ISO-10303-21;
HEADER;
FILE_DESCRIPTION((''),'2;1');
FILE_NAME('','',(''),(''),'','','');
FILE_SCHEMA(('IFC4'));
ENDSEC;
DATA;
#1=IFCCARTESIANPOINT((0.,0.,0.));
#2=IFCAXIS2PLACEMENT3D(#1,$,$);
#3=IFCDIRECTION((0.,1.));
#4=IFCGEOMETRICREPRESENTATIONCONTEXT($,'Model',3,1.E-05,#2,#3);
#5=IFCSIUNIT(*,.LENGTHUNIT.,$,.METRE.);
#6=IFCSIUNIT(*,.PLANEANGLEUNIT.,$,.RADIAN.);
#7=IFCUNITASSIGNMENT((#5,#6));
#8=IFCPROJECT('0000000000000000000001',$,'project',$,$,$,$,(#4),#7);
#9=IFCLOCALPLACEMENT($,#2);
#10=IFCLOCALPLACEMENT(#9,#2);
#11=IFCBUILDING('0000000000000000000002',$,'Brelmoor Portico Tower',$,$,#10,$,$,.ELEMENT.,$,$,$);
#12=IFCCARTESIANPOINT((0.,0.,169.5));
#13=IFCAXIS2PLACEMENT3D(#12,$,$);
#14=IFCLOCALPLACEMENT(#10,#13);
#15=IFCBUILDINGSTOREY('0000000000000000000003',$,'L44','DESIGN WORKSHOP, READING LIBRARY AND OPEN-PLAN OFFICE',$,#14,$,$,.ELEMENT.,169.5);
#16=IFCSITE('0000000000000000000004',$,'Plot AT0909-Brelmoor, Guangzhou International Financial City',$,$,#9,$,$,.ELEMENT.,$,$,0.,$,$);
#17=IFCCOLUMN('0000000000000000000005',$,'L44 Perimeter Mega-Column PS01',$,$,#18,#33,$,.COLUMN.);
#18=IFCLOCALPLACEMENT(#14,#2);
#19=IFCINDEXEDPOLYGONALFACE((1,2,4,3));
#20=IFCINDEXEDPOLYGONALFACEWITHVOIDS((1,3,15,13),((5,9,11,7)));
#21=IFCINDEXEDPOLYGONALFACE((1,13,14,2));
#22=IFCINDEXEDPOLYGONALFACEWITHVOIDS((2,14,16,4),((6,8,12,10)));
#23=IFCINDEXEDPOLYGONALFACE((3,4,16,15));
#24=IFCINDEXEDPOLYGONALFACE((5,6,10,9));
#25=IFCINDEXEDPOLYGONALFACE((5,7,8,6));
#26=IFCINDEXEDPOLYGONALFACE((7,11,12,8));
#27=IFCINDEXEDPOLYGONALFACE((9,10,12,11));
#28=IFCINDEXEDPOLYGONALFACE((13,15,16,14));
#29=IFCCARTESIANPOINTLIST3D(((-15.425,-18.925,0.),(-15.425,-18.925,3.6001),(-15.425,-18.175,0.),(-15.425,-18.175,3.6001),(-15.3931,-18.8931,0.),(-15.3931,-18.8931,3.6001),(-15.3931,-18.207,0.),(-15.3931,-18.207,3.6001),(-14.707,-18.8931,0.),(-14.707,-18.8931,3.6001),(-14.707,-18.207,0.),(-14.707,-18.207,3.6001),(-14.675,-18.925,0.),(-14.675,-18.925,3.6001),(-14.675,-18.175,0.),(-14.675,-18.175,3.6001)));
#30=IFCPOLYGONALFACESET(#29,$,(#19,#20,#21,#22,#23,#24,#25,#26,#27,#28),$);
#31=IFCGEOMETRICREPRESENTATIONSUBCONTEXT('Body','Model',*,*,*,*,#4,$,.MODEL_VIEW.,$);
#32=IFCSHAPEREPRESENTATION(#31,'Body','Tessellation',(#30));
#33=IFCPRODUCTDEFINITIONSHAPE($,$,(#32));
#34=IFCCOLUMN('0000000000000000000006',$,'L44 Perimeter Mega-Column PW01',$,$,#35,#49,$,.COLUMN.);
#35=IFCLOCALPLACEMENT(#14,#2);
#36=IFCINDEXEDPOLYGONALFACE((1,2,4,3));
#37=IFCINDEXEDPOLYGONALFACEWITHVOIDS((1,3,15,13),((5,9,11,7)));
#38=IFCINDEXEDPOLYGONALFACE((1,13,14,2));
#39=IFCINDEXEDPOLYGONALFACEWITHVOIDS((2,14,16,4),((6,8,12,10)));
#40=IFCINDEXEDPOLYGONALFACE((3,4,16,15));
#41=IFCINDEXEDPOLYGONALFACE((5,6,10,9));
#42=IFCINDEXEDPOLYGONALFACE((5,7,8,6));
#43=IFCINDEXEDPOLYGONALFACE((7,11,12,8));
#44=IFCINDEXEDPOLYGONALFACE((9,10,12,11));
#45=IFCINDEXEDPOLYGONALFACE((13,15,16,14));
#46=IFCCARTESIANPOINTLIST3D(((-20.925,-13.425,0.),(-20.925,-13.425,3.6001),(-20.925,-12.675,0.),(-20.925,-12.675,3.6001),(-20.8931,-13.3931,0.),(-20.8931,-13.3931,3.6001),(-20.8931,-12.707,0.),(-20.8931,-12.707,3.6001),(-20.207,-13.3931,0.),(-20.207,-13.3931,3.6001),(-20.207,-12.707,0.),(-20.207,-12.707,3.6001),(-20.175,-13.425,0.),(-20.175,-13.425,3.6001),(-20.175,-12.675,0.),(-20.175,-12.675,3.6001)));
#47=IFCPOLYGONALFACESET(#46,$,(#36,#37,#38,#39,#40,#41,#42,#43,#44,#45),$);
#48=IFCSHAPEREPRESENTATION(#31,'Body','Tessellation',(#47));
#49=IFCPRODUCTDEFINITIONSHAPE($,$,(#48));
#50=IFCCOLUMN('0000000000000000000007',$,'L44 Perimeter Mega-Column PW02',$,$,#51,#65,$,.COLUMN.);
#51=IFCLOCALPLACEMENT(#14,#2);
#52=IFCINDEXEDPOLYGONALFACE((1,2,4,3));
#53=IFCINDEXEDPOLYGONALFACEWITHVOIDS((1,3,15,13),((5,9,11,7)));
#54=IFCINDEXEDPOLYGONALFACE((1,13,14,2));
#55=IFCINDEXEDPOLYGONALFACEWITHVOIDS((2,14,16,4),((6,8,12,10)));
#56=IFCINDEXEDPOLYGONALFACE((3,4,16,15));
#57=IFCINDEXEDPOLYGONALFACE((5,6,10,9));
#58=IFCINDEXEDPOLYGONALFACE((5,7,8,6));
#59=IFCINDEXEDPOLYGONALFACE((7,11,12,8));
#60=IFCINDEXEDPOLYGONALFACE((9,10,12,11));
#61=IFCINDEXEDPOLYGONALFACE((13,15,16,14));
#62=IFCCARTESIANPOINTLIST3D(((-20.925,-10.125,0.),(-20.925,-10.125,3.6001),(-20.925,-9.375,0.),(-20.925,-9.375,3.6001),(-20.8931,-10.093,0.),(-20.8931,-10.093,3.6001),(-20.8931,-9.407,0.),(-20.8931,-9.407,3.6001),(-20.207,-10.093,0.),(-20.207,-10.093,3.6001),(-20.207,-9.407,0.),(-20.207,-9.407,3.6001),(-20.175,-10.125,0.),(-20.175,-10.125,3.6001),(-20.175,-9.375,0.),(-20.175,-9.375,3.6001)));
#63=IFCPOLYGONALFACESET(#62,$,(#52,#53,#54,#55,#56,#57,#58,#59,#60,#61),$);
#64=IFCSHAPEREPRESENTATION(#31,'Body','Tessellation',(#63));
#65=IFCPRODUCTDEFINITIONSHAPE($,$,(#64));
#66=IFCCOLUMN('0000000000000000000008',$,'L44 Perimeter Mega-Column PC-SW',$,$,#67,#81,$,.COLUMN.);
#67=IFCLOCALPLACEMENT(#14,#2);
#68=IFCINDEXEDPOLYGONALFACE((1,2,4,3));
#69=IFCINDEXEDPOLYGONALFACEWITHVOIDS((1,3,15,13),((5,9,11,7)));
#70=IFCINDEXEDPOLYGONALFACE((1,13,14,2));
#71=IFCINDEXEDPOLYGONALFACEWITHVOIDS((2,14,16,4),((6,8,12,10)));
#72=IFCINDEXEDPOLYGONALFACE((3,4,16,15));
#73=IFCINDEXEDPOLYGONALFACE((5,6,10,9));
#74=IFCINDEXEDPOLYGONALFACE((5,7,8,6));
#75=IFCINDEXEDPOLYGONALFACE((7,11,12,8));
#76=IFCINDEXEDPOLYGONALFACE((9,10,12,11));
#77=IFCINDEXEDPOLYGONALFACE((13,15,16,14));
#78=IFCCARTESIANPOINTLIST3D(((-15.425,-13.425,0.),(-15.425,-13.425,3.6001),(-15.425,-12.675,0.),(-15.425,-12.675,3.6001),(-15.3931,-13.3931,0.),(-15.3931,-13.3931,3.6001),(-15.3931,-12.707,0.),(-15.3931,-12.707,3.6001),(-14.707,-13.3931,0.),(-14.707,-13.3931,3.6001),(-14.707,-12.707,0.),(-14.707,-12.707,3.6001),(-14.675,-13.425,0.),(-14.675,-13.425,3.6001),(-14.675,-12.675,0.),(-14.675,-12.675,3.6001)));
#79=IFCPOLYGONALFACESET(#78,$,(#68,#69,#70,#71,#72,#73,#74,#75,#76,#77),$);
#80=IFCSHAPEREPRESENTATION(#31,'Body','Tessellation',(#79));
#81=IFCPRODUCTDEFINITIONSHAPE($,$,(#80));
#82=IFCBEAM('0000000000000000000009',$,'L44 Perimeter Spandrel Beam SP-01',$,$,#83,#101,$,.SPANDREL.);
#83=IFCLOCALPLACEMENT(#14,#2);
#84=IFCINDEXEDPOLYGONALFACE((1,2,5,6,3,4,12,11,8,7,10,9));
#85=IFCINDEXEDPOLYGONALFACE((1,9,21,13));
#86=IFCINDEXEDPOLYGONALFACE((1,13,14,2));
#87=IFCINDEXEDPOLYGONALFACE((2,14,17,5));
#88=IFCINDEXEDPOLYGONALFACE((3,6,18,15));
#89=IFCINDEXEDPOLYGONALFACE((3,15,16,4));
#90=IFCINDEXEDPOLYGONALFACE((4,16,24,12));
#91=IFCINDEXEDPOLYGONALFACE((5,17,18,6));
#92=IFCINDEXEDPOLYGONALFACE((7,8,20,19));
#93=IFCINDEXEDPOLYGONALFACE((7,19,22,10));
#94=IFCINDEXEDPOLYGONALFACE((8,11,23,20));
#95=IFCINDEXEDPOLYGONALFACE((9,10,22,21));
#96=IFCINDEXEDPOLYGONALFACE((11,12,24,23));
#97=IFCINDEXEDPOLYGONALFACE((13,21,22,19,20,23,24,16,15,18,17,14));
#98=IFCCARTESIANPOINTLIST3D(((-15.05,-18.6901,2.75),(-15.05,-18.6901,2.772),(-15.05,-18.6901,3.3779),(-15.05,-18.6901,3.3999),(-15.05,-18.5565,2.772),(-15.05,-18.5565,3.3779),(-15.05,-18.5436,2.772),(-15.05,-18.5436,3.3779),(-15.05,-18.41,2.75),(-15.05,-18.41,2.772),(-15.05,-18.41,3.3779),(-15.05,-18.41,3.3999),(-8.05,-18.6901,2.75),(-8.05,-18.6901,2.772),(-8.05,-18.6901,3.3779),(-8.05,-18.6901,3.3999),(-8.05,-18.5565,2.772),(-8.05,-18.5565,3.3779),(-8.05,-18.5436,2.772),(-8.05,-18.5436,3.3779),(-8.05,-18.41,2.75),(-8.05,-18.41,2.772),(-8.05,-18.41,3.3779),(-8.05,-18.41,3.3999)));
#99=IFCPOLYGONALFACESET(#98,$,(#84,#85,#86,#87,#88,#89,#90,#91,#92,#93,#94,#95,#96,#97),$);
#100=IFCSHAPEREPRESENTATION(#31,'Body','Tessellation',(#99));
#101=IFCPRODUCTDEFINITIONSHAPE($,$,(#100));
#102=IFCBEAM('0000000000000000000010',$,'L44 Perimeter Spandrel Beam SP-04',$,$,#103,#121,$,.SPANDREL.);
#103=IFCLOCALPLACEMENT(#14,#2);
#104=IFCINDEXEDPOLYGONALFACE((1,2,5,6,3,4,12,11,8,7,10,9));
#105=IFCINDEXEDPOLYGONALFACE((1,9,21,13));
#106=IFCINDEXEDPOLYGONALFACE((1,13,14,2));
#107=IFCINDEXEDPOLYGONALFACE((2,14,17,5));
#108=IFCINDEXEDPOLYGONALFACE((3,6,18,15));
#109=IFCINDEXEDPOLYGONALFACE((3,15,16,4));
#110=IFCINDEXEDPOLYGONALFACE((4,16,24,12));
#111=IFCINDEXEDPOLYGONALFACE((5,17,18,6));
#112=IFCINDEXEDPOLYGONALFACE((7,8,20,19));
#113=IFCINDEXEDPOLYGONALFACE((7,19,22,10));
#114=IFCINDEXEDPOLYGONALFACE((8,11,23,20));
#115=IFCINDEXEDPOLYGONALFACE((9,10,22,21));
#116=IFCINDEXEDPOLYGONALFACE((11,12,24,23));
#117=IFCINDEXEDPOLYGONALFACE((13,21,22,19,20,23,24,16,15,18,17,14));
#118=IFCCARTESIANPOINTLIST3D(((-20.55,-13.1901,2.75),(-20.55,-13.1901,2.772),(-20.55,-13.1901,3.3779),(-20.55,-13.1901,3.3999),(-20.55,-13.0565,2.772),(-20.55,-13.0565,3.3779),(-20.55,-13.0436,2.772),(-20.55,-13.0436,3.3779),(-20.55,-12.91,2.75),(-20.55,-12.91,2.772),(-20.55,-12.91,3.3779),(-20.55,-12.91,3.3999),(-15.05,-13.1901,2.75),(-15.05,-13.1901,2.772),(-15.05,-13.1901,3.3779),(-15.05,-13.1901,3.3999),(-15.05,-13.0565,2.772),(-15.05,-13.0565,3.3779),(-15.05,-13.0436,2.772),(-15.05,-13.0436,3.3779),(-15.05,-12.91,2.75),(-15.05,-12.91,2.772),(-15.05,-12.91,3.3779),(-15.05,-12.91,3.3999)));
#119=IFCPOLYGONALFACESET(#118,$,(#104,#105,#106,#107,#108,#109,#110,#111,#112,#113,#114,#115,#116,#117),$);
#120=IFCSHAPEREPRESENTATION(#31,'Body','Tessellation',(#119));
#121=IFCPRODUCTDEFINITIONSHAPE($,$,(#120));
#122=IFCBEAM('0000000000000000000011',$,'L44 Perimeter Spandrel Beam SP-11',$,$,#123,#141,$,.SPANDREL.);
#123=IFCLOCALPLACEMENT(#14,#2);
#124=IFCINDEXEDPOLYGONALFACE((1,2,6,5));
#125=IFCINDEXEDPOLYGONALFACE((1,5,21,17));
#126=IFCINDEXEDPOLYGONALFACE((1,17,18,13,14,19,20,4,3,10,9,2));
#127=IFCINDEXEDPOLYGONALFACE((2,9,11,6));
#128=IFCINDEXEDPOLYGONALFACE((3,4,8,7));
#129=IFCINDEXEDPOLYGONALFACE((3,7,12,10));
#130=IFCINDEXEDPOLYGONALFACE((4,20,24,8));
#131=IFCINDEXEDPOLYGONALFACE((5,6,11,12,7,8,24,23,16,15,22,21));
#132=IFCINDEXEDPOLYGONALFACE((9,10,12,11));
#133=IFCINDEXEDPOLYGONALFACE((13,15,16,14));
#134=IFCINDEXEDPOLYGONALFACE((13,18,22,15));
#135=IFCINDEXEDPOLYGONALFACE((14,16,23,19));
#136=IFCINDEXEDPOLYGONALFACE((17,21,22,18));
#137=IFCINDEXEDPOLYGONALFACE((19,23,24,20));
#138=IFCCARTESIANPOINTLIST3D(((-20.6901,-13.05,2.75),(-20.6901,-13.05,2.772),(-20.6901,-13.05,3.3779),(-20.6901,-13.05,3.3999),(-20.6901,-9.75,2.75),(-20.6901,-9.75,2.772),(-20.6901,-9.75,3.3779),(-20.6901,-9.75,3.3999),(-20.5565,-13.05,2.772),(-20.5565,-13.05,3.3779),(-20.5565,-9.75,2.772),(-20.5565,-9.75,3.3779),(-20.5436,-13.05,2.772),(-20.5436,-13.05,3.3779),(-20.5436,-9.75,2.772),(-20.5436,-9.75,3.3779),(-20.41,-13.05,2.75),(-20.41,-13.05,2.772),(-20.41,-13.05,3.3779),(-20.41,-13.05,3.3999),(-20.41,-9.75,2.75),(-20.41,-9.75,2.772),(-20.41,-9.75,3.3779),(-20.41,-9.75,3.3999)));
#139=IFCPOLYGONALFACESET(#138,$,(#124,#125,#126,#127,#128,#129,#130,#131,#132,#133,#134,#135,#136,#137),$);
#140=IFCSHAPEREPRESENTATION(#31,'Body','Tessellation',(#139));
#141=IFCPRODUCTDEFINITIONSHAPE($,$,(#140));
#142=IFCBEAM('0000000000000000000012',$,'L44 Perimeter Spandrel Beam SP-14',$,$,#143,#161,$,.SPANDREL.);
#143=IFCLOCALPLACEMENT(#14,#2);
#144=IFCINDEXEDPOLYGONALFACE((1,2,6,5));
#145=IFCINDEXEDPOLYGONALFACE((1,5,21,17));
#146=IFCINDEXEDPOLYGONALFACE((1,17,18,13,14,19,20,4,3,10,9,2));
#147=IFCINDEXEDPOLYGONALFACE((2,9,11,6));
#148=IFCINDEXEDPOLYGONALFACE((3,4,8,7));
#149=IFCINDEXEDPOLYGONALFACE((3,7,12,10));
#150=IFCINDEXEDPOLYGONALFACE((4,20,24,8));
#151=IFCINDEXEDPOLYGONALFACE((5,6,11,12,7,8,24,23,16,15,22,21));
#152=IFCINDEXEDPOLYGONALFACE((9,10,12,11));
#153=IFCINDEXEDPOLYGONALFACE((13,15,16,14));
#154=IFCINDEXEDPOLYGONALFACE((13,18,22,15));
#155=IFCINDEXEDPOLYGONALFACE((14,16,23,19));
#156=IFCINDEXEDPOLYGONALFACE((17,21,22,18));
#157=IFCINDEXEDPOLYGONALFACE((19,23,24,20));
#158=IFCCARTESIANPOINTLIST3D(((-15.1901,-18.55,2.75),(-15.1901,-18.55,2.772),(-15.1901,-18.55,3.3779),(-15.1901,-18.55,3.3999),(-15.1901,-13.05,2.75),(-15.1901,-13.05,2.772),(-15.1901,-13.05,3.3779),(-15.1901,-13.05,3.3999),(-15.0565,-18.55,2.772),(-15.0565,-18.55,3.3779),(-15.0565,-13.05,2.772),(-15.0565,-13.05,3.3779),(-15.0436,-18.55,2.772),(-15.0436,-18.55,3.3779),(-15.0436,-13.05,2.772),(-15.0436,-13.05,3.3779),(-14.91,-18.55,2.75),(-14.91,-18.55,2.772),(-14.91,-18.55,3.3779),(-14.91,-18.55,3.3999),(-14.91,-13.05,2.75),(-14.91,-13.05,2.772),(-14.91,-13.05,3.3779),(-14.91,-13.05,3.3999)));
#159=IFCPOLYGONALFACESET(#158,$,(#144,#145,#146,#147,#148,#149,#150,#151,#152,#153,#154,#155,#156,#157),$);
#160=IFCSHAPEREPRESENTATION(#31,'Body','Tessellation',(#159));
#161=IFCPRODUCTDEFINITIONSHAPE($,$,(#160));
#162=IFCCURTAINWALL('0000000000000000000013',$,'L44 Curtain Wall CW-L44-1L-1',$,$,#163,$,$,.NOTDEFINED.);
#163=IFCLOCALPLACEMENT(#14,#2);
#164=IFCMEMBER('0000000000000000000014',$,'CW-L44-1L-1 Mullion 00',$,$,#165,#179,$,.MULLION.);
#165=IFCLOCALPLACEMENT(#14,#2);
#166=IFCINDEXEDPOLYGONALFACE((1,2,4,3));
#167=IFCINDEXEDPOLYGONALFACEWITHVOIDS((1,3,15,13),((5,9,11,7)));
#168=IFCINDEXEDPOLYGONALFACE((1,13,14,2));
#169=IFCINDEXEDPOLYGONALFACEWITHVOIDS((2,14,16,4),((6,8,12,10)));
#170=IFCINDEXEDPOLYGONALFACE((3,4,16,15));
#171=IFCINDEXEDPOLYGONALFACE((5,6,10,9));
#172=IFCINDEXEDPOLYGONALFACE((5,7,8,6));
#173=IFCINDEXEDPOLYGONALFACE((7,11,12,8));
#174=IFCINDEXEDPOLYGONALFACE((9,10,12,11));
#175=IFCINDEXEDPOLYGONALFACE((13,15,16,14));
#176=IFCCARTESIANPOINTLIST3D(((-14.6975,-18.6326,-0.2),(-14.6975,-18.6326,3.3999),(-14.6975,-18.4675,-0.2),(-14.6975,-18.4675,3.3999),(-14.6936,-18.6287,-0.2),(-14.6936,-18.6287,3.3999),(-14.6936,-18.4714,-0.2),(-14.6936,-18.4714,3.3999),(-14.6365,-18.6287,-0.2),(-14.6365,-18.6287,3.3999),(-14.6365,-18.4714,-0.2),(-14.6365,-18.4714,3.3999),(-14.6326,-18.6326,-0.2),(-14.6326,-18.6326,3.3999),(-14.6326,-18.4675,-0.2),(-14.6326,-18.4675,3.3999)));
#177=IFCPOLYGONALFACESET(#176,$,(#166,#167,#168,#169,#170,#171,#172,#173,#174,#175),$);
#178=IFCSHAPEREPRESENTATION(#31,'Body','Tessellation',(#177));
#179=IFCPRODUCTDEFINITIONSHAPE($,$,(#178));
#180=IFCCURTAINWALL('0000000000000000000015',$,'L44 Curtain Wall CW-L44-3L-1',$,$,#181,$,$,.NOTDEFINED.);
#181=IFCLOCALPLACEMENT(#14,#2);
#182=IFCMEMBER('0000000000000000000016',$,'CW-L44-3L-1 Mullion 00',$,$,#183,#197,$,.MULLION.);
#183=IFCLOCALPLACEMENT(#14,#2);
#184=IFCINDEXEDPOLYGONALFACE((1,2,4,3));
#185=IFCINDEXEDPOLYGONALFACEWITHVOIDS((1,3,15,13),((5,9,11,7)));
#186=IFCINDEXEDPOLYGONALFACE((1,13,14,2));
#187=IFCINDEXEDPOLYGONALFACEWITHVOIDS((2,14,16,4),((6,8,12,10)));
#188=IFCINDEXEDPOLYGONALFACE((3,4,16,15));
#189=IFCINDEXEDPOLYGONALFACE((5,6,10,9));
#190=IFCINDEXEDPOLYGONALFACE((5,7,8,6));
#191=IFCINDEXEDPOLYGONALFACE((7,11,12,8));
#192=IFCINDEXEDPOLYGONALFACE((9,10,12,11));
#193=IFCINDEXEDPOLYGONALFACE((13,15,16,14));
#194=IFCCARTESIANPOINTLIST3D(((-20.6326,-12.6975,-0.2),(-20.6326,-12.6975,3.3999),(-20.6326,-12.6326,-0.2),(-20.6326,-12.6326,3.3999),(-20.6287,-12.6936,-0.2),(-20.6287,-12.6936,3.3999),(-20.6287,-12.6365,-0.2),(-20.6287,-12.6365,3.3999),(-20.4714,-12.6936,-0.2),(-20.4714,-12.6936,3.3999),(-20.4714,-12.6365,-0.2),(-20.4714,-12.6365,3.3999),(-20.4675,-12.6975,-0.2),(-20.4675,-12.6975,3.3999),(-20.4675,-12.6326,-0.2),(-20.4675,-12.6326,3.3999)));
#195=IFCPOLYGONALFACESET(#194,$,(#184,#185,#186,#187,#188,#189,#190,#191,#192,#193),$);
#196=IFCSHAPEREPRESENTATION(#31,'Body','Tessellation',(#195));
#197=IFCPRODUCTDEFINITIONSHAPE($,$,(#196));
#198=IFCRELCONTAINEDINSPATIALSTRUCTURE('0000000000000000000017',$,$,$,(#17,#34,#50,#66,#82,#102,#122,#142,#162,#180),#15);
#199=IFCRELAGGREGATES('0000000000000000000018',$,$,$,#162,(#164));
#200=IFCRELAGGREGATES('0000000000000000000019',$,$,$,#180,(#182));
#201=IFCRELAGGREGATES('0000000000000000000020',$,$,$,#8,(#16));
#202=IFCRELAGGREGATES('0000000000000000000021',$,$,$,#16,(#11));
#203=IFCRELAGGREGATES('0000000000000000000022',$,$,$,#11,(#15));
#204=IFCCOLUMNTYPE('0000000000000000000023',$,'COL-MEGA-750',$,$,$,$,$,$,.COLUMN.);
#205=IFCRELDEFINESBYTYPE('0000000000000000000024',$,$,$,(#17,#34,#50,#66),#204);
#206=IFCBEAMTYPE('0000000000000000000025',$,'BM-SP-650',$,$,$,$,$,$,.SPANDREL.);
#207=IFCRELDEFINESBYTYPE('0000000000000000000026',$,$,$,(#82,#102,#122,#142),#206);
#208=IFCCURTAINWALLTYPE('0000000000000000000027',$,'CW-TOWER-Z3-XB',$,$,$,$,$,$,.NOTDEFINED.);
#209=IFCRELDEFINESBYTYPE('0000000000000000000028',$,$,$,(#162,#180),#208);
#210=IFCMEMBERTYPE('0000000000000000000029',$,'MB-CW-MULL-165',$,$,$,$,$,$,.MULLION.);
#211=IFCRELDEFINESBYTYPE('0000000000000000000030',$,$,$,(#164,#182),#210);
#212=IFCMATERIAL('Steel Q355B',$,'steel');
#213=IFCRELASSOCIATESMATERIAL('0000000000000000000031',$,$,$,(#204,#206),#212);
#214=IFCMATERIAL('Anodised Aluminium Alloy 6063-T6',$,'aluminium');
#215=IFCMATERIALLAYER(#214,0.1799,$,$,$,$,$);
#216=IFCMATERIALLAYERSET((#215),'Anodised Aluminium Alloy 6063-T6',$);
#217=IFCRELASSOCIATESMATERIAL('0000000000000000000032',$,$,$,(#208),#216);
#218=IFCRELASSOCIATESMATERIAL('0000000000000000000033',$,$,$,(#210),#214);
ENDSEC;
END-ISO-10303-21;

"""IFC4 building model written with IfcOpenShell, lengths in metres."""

from ifc_helpers import new_model, si_unit, direction, frame, origin, origin_2d, place, context, subcontext, project, spatial, hollow_rectangle, i_section, extrude, material, layer, layer_set, material_profile, profile_set, type_object, element, aggregate, save


model = new_model("IFC4")

# Units and contexts
model_context = context("Model", 3, precision=1e-05, world=origin(), true_north=direction((0.0, 1.0)))
body_context = subcontext(model_context, "Body", "Model", "MODEL_VIEW")
ifc_project = project(units=[si_unit("LENGTHUNIT", "METRE"), si_unit("PLANEANGLEUNIT", "RADIAN")], contexts=[model_context])

# Site, building, storey
site_placement = place(None, origin())
site = spatial("IfcSite", under=ifc_project, at=site_placement, Name="Plot AT0909-Brelmoor, Guangzhou International Financial City", CompositionType="ELEMENT", RefElevation=0.0)
building_placement = place(site_placement, origin())
building = spatial("IfcBuilding", under=site, at=building_placement, Name="Brelmoor Portico Tower", CompositionType="ELEMENT")
storey_placement = place(building_placement, frame((0.0, 0.0, 169.5)))
storey = spatial("IfcBuildingStorey", under=building, at=storey_placement, Name="L44", Description="DESIGN WORKSHOP, READING LIBRARY AND OPEN-PLAN OFFICE", CompositionType="ELEMENT", Elevation=169.5)

# Columns
ifc_material_1 = material(Name="Steel Q355B", Category="steel")
ifc_material_profile_1 = material_profile(ifc_material_1, hollow_rectangle(XDim=0.75, YDim=0.75, WallThickness=0.032, at=origin_2d()), Name="BOX 750x750x32")
ifc_profile_set_1 = profile_set([ifc_material_profile_1], Name="Steel Q355B")
column_type = type_object("IfcColumnType", Name="COL-MEGA-750", PredefinedType="COLUMN", material=ifc_profile_set_1)
for number, where, z_axis, x_axis, name in (
    (1, (-15.05, -18.55, 0.0), (0.0, 0.0, 1.0), (1.0, 0.0, 0.0), "L44 Perimeter Mega-Column PS01"),
    (2, (-20.55, -13.05, 0.0), (0.0, 0.0, 1.0), (0.0, 1.0, 0.0), "L44 Perimeter Mega-Column PW01"),
    (3, (-20.55, -9.75, 0.0), (0.0, 0.0, 1.0), (0.0, 1.0, 0.0), "L44 Perimeter Mega-Column PW02"),
    (4, (-15.05, -13.05, 0.0), (0.0, 0.0, 1.0), (1.0, 0.0, 0.0), "L44 Perimeter Mega-Column PC-SW"),
):
    element("IfcColumn", number, at=place(storey_placement, frame(where, z_axis=z_axis, x_axis=x_axis)), inside=storey, type_object=column_type, Name=name, PredefinedType="COLUMN", context=body_context, shape_type="SweptSolid", body=[
        extrude(hollow_rectangle(XDim=0.75, YDim=0.75, WallThickness=0.032, at=origin_2d()), origin(), (0.0, 0.0, 1.0), 3.6001),
    ])

# Beams
ifc_material_profile_2 = material_profile(ifc_material_1, i_section(OverallWidth=0.28, OverallDepth=0.6499, WebThickness=0.0129, FlangeThickness=0.022, at=origin_2d()), Name="HN 650x280x13x22")
ifc_profile_set_2 = profile_set([ifc_material_profile_2], Name="Steel Q355B")
beam_type = type_object("IfcBeamType", Name="BM-SP-650", PredefinedType="SPANDREL", material=ifc_profile_set_2)
beam_1_placement = place(storey_placement, frame((-15.05, -18.55, 3.075), z_axis=(1.0, 0.0, 0.0), x_axis=(0.0, 1.0, 0.0)))
element("IfcBeam", 5, at=beam_1_placement, inside=storey, type_object=beam_type, Name="L44 Perimeter Spandrel Beam SP-01", PredefinedType="SPANDREL", context=body_context, shape_type="SweptSolid", body=[
    extrude(i_section(OverallWidth=0.28, OverallDepth=0.6499, WebThickness=0.0129, FlangeThickness=0.022, at=origin_2d()), origin(), (0.0, 0.0, 1.0), 7.0),
])
beam_2_placement = place(storey_placement, frame((-20.55, -13.05, 3.075), z_axis=(1.0, 0.0, 0.0), x_axis=(0.0, 1.0, 0.0)))
element("IfcBeam", 6, at=beam_2_placement, inside=storey, type_object=beam_type, Name="L44 Perimeter Spandrel Beam SP-04", PredefinedType="SPANDREL", context=body_context, shape_type="SweptSolid", body=[
    extrude(i_section(OverallWidth=0.28, OverallDepth=0.6499, WebThickness=0.0129, FlangeThickness=0.022, at=origin_2d()), origin(), (0.0, 0.0, 1.0), 5.5),
])
beam_3_placement = place(storey_placement, frame((-20.55, -13.05, 3.075), z_axis=(0.0, 1.0, 0.0), x_axis=(-1.0, 0.0, 0.0)))
element("IfcBeam", 7, at=beam_3_placement, inside=storey, type_object=beam_type, Name="L44 Perimeter Spandrel Beam SP-11", PredefinedType="SPANDREL", context=body_context, shape_type="SweptSolid", body=[
    extrude(i_section(OverallWidth=0.28, OverallDepth=0.6499, WebThickness=0.0129, FlangeThickness=0.022, at=origin_2d()), origin(), (0.0, 0.0, 1.0), 3.3),
])
beam_4_placement = place(storey_placement, frame((-15.05, -18.55, 3.075), z_axis=(0.0, 1.0, 0.0), x_axis=(-1.0, 0.0, 0.0)))
element("IfcBeam", 8, at=beam_4_placement, inside=storey, type_object=beam_type, Name="L44 Perimeter Spandrel Beam SP-14", PredefinedType="SPANDREL", context=body_context, shape_type="SweptSolid", body=[
    extrude(i_section(OverallWidth=0.28, OverallDepth=0.6499, WebThickness=0.0129, FlangeThickness=0.022, at=origin_2d()), origin(), (0.0, 0.0, 1.0), 5.5),
])

# Curtain wall, member
ifc_material_2 = material(Name="Anodised Aluminium Alloy 6063-T6", Category="aluminium")
ifc_layer_1 = layer(ifc_material_2, 0.1799)
ifc_layer_set_1 = layer_set([ifc_layer_1], Name="Anodised Aluminium Alloy 6063-T6")
curtain_wall_type = type_object("IfcCurtainWallType", Name="CW-TOWER-Z3-XB", PredefinedType="NOTDEFINED", material=ifc_layer_set_1)
curtain_wall_1_placement = place(storey_placement, origin())
curtain_wall_1 = element("IfcCurtainWall", 9, at=curtain_wall_1_placement, inside=storey, type_object=curtain_wall_type, Name="L44 Curtain Wall CW-L44-1L-1", PredefinedType="NOTDEFINED")
ifc_material_profile_3 = material_profile(ifc_material_2, hollow_rectangle(XDim=0.0649, YDim=0.165, WallThickness=0.0039, at=origin_2d()), Name="ALU MULLION 65x165")
ifc_profile_set_3 = profile_set([ifc_material_profile_3], Name="Anodised Aluminium Alloy 6063-T6")
member_type_1 = type_object("IfcMemberType", Name="MB-CW-MULL-165", PredefinedType="MULLION", material=ifc_profile_set_3)
member_1_placement = place(storey_placement, frame((-14.665, -18.55, -0.2), z_axis=(0.0, 0.0, 1.0), x_axis=(1.0, 0.0, 0.0)))
member_1 = element("IfcMember", 10, at=member_1_placement, type_object=member_type_1, Name="CW-L44-1L-1 Mullion 00", PredefinedType="MULLION", context=body_context, shape_type="SweptSolid", body=[
    extrude(hollow_rectangle(XDim=0.0649, YDim=0.165, WallThickness=0.0039, at=origin_2d()), origin(), (0.0, 0.0, 1.0), 3.5999),
])
aggregate(curtain_wall_1, [member_1])

# Curtain wall, member
curtain_wall_2_placement = place(storey_placement, origin())
curtain_wall_2 = element("IfcCurtainWall", 11, at=curtain_wall_2_placement, inside=storey, type_object=curtain_wall_type, Name="L44 Curtain Wall CW-L44-3L-1", PredefinedType="NOTDEFINED")
member_2_placement = place(storey_placement, frame((-20.55, -12.665, -0.2), z_axis=(0.0, 0.0, 1.0), x_axis=(0.0, 1.0, 0.0)))
member_2 = element("IfcMember", 12, at=member_2_placement, type_object=member_type_1, Name="CW-L44-3L-1 Mullion 00", PredefinedType="MULLION", context=body_context, shape_type="SweptSolid", body=[
    extrude(hollow_rectangle(XDim=0.0649, YDim=0.165, WallThickness=0.0039, at=origin_2d()), origin(), (0.0, 0.0, 1.0), 3.5999),
])
aggregate(curtain_wall_2, [member_2])

save(model, "model.ifc")
